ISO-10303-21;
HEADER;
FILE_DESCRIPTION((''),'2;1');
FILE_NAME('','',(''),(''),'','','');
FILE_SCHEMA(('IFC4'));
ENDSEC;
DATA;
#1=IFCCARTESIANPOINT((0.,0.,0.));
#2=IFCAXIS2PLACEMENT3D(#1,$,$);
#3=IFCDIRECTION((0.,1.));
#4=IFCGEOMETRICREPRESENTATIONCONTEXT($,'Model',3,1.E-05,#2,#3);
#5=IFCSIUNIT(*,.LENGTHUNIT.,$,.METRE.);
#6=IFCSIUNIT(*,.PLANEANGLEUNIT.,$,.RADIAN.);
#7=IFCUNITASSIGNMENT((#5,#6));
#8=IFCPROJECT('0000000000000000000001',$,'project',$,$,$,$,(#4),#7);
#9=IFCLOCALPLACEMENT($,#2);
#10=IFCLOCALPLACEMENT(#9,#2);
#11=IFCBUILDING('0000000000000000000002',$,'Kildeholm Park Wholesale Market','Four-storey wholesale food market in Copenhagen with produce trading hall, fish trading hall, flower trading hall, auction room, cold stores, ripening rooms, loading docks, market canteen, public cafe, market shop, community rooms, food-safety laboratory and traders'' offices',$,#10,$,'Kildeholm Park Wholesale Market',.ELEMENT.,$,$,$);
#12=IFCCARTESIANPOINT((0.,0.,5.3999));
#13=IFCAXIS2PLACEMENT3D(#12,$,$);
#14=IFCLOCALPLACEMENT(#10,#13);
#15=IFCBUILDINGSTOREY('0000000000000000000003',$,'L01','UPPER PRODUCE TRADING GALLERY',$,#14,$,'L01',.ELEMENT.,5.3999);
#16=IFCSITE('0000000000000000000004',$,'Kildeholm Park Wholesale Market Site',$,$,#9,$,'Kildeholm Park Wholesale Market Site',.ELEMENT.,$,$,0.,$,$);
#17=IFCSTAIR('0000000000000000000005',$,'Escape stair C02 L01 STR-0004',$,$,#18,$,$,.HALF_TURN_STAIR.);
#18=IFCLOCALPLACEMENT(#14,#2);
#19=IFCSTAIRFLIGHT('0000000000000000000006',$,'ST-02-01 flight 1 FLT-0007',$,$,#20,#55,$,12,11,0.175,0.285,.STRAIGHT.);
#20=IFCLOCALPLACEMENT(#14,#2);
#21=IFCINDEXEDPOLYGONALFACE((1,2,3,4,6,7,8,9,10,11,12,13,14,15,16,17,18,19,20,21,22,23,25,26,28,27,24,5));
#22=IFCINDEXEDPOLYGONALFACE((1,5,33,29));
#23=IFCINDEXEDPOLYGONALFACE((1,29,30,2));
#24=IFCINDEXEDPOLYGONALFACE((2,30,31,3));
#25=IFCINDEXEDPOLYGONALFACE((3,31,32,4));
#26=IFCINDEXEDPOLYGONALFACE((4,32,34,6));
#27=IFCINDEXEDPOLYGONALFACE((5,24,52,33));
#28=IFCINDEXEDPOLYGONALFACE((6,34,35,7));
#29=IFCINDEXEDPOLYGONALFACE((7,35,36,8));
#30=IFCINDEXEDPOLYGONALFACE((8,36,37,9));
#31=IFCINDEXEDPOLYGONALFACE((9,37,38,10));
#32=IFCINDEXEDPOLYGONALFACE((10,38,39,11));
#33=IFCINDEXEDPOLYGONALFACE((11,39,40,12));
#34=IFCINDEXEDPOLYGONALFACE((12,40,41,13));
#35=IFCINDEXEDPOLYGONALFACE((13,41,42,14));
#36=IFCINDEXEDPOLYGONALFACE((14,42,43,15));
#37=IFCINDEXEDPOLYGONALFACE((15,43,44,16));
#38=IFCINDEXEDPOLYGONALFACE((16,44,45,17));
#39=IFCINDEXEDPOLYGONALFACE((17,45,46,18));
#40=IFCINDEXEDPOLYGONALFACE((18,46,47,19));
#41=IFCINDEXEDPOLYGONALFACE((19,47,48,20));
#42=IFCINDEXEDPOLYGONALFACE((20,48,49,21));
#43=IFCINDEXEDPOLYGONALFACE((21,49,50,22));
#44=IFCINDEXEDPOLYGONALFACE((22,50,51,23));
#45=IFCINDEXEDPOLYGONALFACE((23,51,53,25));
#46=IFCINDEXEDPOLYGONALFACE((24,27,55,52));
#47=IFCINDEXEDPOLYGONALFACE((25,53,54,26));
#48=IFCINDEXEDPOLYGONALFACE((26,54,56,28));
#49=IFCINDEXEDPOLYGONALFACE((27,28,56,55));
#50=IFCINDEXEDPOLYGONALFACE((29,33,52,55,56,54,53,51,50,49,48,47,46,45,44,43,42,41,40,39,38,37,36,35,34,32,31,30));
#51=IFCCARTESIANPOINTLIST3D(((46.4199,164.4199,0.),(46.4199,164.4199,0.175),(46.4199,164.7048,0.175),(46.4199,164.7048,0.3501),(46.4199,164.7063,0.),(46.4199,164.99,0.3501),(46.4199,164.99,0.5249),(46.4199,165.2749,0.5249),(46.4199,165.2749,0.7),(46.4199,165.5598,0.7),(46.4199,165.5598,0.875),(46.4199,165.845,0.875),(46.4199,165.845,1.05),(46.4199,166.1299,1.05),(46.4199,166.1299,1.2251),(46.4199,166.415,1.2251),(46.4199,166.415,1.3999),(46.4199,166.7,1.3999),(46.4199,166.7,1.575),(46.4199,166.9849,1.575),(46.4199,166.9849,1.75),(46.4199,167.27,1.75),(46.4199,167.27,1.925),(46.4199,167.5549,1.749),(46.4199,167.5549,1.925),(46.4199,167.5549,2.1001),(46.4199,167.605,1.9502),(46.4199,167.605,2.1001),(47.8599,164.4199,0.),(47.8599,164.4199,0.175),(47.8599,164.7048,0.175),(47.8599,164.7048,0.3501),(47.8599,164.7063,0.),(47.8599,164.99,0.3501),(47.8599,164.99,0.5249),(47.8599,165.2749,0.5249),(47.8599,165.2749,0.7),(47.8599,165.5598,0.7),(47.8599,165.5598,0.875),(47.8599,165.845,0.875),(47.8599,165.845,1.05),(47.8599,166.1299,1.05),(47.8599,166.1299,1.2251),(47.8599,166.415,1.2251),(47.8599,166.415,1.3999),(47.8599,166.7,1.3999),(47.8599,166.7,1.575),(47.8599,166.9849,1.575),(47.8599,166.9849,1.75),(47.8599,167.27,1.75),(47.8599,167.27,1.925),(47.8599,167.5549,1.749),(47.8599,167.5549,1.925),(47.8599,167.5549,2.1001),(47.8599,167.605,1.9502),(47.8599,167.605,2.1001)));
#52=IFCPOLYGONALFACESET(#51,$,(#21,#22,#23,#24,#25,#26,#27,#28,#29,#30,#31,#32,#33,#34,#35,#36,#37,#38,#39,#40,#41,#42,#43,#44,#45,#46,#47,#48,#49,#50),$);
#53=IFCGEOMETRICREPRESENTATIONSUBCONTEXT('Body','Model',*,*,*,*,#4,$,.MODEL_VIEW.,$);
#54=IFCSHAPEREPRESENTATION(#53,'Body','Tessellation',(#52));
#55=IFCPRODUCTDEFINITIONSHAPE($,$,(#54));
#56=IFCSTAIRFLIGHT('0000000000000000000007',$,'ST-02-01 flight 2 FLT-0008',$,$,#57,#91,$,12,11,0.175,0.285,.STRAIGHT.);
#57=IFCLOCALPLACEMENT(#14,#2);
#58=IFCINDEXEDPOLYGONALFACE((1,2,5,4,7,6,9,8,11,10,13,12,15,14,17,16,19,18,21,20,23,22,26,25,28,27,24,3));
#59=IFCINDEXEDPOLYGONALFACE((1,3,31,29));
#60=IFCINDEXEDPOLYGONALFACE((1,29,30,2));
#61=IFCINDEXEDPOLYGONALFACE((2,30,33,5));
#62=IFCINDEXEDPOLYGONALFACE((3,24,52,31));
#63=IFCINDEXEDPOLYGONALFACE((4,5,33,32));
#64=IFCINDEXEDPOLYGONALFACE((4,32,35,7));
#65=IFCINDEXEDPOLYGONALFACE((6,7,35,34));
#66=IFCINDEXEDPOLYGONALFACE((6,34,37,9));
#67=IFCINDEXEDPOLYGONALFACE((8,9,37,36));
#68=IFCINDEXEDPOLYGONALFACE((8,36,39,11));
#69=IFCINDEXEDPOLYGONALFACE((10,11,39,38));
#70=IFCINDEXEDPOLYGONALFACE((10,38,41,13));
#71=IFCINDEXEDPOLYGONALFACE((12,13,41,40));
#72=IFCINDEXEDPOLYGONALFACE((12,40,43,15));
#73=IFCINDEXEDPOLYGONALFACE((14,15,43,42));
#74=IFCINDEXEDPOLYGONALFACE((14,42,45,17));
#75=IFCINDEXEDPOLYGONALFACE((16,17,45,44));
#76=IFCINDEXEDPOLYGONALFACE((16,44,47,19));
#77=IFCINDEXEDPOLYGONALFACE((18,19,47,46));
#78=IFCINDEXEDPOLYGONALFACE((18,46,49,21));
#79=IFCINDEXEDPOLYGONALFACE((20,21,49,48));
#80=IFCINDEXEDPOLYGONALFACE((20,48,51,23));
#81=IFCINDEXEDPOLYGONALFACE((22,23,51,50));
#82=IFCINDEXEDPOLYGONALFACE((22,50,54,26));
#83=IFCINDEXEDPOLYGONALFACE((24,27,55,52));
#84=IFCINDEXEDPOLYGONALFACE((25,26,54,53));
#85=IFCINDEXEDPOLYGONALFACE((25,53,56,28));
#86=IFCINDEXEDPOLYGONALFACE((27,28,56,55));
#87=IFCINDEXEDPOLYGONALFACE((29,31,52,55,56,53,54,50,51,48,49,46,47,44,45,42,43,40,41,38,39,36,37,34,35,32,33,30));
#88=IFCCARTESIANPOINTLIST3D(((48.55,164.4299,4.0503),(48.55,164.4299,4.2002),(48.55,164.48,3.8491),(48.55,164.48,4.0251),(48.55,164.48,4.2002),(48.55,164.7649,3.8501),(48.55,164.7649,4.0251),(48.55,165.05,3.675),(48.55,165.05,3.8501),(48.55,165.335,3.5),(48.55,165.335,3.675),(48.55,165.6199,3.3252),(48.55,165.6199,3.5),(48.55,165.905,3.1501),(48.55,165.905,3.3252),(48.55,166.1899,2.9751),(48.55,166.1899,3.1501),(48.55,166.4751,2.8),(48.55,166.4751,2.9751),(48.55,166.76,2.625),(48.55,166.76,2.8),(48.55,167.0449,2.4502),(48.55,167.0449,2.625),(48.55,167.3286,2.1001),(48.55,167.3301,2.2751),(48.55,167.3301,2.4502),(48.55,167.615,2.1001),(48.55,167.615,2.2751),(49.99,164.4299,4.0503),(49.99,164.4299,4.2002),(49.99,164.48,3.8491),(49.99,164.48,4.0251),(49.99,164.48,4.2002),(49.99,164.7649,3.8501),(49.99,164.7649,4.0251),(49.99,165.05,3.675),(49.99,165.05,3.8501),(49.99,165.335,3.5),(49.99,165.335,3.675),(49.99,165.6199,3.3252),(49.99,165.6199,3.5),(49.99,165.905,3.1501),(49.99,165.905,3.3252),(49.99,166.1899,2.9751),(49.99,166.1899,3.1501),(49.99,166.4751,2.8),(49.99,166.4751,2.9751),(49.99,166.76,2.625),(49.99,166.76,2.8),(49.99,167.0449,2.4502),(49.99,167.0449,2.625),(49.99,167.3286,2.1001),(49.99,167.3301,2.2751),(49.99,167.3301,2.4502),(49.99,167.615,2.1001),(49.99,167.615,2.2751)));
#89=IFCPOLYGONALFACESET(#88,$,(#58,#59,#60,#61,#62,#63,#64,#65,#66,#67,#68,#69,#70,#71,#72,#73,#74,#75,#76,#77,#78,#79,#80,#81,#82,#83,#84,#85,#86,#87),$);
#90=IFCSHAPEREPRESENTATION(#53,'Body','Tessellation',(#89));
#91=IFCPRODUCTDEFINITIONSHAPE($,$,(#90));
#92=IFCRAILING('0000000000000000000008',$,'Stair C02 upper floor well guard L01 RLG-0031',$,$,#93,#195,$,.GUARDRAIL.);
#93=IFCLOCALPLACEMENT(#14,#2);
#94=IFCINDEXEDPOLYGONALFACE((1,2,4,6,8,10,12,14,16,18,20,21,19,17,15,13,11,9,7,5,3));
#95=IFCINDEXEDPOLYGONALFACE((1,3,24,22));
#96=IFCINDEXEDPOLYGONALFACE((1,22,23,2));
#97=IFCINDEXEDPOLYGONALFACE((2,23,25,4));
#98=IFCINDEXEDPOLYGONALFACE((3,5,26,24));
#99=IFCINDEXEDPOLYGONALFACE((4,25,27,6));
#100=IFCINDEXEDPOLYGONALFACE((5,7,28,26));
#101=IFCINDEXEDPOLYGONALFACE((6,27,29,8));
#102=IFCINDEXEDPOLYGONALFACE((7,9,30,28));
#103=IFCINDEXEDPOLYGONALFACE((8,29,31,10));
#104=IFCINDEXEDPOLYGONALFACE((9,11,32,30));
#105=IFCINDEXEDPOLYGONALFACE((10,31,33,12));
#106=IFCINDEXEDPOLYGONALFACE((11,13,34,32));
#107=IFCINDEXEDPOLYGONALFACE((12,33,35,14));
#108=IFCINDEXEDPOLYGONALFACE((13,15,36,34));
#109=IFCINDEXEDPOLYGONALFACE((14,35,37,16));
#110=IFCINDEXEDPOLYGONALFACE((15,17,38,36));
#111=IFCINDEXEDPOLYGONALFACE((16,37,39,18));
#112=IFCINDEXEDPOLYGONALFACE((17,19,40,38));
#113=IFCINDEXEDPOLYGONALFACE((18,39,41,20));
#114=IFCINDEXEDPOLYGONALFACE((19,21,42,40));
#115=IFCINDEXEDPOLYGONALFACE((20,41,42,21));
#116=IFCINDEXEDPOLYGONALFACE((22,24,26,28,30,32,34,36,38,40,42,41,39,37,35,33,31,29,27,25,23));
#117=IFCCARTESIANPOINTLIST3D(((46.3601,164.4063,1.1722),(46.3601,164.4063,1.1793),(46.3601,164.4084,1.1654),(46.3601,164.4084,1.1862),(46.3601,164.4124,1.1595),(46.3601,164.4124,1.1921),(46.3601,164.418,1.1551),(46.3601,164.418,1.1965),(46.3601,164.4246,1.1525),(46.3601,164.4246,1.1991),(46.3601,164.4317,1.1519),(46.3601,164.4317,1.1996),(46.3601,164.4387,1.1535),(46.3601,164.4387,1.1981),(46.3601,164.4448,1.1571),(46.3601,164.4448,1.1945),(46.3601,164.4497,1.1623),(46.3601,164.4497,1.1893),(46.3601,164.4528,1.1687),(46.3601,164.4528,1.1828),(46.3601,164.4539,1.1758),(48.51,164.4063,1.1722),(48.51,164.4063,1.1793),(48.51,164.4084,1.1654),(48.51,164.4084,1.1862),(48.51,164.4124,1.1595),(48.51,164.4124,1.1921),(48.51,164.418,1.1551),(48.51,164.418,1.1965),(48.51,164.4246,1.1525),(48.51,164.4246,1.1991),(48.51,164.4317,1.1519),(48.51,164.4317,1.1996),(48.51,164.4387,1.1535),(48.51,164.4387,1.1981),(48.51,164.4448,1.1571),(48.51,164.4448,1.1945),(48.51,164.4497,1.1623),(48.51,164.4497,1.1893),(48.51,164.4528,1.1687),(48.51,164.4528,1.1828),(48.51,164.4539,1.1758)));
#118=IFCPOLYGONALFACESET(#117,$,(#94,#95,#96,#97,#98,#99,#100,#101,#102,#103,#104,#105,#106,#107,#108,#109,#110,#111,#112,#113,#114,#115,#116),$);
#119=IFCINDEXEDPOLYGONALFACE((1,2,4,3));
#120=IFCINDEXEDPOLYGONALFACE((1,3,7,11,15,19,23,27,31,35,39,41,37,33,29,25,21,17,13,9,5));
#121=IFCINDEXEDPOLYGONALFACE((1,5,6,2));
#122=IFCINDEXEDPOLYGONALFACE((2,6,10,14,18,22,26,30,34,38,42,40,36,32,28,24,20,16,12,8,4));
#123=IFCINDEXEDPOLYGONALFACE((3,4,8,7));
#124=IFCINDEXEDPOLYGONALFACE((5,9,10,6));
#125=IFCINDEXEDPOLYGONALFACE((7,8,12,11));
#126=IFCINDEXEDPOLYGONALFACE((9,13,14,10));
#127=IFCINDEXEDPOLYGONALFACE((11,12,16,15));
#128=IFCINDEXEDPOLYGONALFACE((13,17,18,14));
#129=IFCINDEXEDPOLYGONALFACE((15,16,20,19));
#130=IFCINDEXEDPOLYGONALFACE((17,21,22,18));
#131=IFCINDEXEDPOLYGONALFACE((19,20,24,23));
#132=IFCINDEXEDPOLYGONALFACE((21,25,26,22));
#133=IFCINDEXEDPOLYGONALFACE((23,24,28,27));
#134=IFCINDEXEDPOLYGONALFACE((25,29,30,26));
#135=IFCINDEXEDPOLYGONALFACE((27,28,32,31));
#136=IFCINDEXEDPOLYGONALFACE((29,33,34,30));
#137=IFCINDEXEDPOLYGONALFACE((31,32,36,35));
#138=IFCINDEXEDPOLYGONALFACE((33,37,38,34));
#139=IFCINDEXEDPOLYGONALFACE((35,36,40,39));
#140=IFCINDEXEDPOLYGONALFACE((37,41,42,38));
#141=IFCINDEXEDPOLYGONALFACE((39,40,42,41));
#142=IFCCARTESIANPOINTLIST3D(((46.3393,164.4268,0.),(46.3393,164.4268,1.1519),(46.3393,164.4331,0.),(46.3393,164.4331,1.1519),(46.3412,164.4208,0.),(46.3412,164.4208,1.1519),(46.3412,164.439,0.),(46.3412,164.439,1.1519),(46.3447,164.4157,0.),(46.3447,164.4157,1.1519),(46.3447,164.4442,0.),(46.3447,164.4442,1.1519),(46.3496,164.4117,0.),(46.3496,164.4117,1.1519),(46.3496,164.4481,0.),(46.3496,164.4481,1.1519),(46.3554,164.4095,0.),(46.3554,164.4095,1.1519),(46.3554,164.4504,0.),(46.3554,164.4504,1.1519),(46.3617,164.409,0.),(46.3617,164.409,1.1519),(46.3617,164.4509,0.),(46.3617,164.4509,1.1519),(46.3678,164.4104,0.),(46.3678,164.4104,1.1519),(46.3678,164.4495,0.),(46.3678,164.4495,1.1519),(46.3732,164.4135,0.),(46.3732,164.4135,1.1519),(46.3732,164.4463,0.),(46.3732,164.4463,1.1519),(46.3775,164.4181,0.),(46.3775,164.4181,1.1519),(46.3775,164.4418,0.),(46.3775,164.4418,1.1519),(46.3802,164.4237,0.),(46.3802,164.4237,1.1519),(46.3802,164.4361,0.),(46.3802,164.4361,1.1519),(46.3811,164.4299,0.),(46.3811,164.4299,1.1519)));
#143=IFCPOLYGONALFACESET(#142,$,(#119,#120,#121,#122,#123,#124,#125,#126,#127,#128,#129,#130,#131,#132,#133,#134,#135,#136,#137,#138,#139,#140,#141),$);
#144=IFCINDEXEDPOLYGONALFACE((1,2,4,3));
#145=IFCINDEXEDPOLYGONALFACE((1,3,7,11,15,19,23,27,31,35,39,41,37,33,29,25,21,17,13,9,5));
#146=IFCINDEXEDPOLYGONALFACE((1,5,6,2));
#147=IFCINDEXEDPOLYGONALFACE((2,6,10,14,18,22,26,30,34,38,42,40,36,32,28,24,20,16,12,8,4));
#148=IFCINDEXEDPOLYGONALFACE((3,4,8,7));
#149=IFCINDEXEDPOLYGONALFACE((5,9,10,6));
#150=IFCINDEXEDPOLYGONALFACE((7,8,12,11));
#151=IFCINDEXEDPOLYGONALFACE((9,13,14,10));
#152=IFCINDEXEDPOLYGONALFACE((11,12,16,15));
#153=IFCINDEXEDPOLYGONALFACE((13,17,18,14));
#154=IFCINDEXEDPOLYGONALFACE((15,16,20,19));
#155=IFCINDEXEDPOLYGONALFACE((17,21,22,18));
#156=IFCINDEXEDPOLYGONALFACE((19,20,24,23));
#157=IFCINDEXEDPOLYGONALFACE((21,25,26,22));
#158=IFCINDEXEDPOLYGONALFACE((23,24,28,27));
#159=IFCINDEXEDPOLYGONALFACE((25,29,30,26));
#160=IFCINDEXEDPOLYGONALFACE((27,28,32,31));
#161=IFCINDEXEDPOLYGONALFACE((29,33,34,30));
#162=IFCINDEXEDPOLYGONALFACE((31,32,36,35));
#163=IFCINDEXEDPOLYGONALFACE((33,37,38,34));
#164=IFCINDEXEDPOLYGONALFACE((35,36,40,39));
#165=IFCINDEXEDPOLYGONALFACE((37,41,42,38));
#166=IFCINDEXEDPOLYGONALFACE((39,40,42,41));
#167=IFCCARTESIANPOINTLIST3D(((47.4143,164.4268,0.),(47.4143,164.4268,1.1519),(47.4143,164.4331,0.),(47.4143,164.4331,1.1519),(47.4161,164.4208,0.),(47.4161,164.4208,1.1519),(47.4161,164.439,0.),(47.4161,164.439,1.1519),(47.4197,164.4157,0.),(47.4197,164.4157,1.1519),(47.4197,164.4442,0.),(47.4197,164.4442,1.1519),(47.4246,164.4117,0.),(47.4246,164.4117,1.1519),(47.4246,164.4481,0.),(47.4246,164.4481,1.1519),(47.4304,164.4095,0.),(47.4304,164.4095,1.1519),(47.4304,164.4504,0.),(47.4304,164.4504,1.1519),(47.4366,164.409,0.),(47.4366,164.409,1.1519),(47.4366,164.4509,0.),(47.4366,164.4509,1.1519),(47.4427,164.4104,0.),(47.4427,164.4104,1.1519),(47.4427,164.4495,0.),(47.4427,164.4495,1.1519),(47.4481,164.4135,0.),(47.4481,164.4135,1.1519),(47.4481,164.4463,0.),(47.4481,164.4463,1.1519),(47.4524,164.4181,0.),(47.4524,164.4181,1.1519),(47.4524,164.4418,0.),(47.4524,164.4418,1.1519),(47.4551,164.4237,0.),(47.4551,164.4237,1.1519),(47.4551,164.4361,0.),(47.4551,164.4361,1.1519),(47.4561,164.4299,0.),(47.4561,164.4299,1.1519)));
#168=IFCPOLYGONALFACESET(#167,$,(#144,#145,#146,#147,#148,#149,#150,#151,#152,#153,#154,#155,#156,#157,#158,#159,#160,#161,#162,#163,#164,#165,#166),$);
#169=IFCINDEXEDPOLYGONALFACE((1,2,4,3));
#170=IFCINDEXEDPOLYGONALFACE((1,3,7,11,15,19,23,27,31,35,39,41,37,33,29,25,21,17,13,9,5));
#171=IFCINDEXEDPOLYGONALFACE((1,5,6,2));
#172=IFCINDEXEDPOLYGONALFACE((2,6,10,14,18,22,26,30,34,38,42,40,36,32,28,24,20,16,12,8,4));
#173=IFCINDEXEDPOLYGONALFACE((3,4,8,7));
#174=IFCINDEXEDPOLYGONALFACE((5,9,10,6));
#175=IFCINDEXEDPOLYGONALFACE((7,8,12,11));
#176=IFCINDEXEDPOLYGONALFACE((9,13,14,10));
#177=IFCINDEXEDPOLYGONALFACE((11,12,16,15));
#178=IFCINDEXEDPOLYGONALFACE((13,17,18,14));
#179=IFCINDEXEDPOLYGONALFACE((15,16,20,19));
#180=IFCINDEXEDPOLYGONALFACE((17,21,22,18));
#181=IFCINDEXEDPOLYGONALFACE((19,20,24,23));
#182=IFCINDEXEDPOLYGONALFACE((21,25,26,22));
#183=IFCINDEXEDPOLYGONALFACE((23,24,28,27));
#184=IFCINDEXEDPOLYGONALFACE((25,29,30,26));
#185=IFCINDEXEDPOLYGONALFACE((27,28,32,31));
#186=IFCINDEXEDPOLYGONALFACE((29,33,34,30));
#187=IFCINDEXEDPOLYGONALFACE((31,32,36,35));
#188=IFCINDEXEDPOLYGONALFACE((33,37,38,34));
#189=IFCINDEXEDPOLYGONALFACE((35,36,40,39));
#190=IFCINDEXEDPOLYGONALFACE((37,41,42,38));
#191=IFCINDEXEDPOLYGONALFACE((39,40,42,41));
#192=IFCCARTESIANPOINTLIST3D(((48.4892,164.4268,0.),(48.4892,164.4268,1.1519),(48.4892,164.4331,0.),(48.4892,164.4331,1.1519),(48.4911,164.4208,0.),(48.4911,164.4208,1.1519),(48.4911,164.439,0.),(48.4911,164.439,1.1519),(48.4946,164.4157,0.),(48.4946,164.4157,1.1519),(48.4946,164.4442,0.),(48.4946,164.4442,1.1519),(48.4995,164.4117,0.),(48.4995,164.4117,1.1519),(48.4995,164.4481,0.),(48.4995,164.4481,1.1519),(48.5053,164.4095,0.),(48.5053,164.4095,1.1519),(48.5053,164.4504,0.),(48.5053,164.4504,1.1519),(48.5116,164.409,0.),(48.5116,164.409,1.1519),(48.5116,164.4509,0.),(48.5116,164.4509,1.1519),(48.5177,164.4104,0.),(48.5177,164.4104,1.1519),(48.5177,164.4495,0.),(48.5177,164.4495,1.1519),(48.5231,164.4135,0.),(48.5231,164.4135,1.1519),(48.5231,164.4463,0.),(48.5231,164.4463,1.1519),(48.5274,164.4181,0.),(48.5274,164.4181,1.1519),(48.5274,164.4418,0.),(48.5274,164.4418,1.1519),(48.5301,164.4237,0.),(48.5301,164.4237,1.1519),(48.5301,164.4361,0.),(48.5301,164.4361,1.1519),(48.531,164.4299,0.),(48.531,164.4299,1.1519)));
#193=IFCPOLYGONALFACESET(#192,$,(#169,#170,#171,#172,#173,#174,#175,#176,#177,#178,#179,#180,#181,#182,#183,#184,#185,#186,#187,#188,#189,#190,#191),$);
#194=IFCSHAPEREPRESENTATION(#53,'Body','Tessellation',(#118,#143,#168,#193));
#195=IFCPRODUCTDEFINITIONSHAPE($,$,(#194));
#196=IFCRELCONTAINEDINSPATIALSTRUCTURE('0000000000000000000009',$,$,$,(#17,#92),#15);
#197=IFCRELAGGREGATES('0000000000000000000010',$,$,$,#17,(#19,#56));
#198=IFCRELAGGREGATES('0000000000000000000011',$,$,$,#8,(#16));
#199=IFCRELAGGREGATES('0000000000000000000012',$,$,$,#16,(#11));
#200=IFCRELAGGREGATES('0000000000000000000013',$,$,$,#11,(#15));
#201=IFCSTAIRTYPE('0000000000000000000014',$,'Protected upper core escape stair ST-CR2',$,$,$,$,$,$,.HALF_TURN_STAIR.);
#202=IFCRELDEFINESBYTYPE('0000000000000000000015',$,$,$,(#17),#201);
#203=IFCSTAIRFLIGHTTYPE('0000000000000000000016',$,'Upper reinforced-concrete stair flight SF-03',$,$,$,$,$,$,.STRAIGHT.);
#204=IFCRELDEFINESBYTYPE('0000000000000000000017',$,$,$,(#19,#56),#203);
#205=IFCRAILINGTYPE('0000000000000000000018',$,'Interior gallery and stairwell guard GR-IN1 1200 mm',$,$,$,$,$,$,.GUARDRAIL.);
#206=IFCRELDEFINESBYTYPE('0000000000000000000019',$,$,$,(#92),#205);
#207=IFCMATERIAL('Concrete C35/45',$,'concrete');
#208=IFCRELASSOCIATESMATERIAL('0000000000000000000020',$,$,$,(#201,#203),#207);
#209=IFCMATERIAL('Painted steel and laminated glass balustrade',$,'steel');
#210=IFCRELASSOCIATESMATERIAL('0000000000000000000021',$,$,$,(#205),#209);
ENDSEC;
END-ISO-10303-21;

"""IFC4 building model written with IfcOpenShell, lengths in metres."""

from ifc_helpers import new_model, si_unit, direction, frame, origin, origin_2d, place, context, subcontext, project, spatial, polyline, circle, outline, extrude, material, type_object, element, aggregate, save


model = new_model("IFC4")

# Units and contexts
model_context = context("Model", 3, precision=1e-05, world=origin(), true_north=direction((0.0, 1.0)))
body_context = subcontext(model_context, "Body", "Model", "MODEL_VIEW")
ifc_project = project(units=[si_unit("LENGTHUNIT", "METRE"), si_unit("PLANEANGLEUNIT", "RADIAN")], contexts=[model_context])

# Site, building, storey
site_placement = place(None, origin())
site = spatial("IfcSite", under=ifc_project, at=site_placement, Name="Kildeholm Park Wholesale Market Site", LongName="Kildeholm Park Wholesale Market Site", CompositionType="ELEMENT", RefElevation=0.0)
building_placement = place(site_placement, origin())
building = spatial("IfcBuilding", under=site, at=building_placement, Name="Kildeholm Park Wholesale Market", Description="Four-storey wholesale food market in Copenhagen with produce trading hall, fish trading hall, flower trading hall, auction room, cold stores, ripening rooms, loading docks, market canteen, public cafe, market shop, community rooms, food-safety laboratory and traders' offices", LongName="Kildeholm Park Wholesale Market", CompositionType="ELEMENT")
storey_placement = place(building_placement, frame((0.0, 0.0, 5.3999)))
storey = spatial("IfcBuildingStorey", under=building, at=storey_placement, Name="L01", Description="UPPER PRODUCE TRADING GALLERY", LongName="L01", CompositionType="ELEMENT", Elevation=5.3999)

# Stair, stair flights
ifc_material_1 = material(Name="Concrete C35/45", Category="concrete")
stair_type = type_object("IfcStairType", Name="Protected upper core escape stair ST-CR2", PredefinedType="HALF_TURN_STAIR", material=ifc_material_1)
stair_placement = place(storey_placement, origin())
stair = element("IfcStair", 1, at=stair_placement, inside=storey, type_object=stair_type, Name="Escape stair C02 L01 STR-0004", PredefinedType="HALF_TURN_STAIR")
stair_flight_type = type_object("IfcStairFlightType", Name="Upper reinforced-concrete stair flight SF-03", PredefinedType="STRAIGHT", material=ifc_material_1)
stair_flight_1_placement = place(storey_placement, frame((47.1399, 164.4199, 0.0), z_axis=(0.0, 0.0, 1.0), x_axis=(0.0, 1.0, 0.0)))
stair_flight_1 = element("IfcStairFlight", 2, at=stair_flight_1_placement, type_object=stair_flight_type, Name="ST-02-01 flight 1 FLT-0007", NumberOfRisers=12, NumberOfTreads=11, PredefinedType="STRAIGHT", RiserHeight=0.175, TreadLength=0.285, context=body_context, shape_type="SweptSolid", body=[
    extrude(outline(polyline([(0.0, 0.0), (0.0, 0.175), (0.2849, 0.175), (0.2849, 0.3501), (0.5701, 0.3501), (0.5701, 0.5249), (0.855, 0.5249), (0.855, 0.7), (1.1399, 0.7), (1.1399, 0.875), (1.425, 0.875), (1.425, 1.05), (1.71, 1.05), (1.71, 1.2251), (1.9951, 1.2251), (1.9951, 1.3999), (2.28, 1.3999), (2.28, 1.575), (2.5649, 1.575), (2.5649, 1.75), (2.8501, 1.75), (2.8501, 1.925), (3.135, 1.925), (3.135, 2.1001), (3.1851, 2.1001), (3.1851, 1.9502), (3.135, 1.749), (0.2864, 0.0), (0.0, 0.0)])), frame((0.0, 0.72, 0.0), z_axis=(0.0, -1.0, 0.0), x_axis=(1.0, 0.0, 0.0)), (0.0, 0.0, 1.0), 1.4399),
])
stair_flight_2_placement = place(storey_placement, frame((49.27, 167.615, 2.1001), z_axis=(0.0, 0.0, 1.0), x_axis=(0.0, -1.0, 0.0)))
stair_flight_2 = element("IfcStairFlight", 3, at=stair_flight_2_placement, type_object=stair_flight_type, Name="ST-02-01 flight 2 FLT-0008", NumberOfRisers=12, NumberOfTreads=11, PredefinedType="STRAIGHT", RiserHeight=0.175, TreadLength=0.285, context=body_context, shape_type="SweptSolid", body=[
    extrude(outline(polyline([(0.0, 0.0), (0.0, 0.175), (0.2849, 0.175), (0.2849, 0.3501), (0.5701, 0.3501), (0.5701, 0.5249), (0.855, 0.5249), (0.855, 0.7), (1.1399, 0.7), (1.1399, 0.875), (1.425, 0.875), (1.425, 1.05), (1.71, 1.05), (1.71, 1.2251), (1.9951, 1.2251), (1.9951, 1.3999), (2.28, 1.3999), (2.28, 1.575), (2.5649, 1.575), (2.5649, 1.75), (2.8501, 1.75), (2.8501, 1.925), (3.135, 1.925), (3.135, 2.1001), (3.1851, 2.1001), (3.1851, 1.9502), (3.135, 1.749), (0.2864, 0.0), (0.0, 0.0)])), frame((0.0, 0.72, 0.0), z_axis=(0.0, -1.0, 0.0), x_axis=(1.0, 0.0, 0.0)), (0.0, 0.0, 1.0), 1.4399),
])
aggregate(stair, [stair_flight_1, stair_flight_2])

# Railing
ifc_material_2 = material(Name="Painted steel and laminated glass balustrade", Category="steel")
railing_type_1 = type_object("IfcRailingType", Name="Interior gallery and stairwell guard GR-IN1 1200 mm", PredefinedType="GUARDRAIL", material=ifc_material_2)
railing_1_placement = place(storey_placement, frame((46.3601, 164.4299, 0.0)))
element("IfcRailing", 4, at=railing_1_placement, inside=storey, type_object=railing_type_1, Name="Stair C02 upper floor well guard L01 RLG-0031", PredefinedType="GUARDRAIL", context=body_context, shape_type="SweptSolid", body=[
    extrude(circle(Radius=0.0239, at=origin_2d()), frame((0.0, 0.0, 1.1758), z_axis=(1.0, 0.0, 0.0), x_axis=(0.0, 1.0, 0.0)), (0.0, 0.0, 1.0), 2.1499),
    extrude(circle(Radius=0.021, at=origin_2d()), origin(), (0.0, 0.0, 1.0), 1.1519),
    extrude(circle(Radius=0.021, at=origin_2d()), frame((1.075, 0.0, 0.0)), (0.0, 0.0, 1.0), 1.1519),
    extrude(circle(Radius=0.021, at=origin_2d()), frame((2.1499, 0.0, 0.0)), (0.0, 0.0, 1.0), 1.1519),
])

save(model, "model.ifc")
